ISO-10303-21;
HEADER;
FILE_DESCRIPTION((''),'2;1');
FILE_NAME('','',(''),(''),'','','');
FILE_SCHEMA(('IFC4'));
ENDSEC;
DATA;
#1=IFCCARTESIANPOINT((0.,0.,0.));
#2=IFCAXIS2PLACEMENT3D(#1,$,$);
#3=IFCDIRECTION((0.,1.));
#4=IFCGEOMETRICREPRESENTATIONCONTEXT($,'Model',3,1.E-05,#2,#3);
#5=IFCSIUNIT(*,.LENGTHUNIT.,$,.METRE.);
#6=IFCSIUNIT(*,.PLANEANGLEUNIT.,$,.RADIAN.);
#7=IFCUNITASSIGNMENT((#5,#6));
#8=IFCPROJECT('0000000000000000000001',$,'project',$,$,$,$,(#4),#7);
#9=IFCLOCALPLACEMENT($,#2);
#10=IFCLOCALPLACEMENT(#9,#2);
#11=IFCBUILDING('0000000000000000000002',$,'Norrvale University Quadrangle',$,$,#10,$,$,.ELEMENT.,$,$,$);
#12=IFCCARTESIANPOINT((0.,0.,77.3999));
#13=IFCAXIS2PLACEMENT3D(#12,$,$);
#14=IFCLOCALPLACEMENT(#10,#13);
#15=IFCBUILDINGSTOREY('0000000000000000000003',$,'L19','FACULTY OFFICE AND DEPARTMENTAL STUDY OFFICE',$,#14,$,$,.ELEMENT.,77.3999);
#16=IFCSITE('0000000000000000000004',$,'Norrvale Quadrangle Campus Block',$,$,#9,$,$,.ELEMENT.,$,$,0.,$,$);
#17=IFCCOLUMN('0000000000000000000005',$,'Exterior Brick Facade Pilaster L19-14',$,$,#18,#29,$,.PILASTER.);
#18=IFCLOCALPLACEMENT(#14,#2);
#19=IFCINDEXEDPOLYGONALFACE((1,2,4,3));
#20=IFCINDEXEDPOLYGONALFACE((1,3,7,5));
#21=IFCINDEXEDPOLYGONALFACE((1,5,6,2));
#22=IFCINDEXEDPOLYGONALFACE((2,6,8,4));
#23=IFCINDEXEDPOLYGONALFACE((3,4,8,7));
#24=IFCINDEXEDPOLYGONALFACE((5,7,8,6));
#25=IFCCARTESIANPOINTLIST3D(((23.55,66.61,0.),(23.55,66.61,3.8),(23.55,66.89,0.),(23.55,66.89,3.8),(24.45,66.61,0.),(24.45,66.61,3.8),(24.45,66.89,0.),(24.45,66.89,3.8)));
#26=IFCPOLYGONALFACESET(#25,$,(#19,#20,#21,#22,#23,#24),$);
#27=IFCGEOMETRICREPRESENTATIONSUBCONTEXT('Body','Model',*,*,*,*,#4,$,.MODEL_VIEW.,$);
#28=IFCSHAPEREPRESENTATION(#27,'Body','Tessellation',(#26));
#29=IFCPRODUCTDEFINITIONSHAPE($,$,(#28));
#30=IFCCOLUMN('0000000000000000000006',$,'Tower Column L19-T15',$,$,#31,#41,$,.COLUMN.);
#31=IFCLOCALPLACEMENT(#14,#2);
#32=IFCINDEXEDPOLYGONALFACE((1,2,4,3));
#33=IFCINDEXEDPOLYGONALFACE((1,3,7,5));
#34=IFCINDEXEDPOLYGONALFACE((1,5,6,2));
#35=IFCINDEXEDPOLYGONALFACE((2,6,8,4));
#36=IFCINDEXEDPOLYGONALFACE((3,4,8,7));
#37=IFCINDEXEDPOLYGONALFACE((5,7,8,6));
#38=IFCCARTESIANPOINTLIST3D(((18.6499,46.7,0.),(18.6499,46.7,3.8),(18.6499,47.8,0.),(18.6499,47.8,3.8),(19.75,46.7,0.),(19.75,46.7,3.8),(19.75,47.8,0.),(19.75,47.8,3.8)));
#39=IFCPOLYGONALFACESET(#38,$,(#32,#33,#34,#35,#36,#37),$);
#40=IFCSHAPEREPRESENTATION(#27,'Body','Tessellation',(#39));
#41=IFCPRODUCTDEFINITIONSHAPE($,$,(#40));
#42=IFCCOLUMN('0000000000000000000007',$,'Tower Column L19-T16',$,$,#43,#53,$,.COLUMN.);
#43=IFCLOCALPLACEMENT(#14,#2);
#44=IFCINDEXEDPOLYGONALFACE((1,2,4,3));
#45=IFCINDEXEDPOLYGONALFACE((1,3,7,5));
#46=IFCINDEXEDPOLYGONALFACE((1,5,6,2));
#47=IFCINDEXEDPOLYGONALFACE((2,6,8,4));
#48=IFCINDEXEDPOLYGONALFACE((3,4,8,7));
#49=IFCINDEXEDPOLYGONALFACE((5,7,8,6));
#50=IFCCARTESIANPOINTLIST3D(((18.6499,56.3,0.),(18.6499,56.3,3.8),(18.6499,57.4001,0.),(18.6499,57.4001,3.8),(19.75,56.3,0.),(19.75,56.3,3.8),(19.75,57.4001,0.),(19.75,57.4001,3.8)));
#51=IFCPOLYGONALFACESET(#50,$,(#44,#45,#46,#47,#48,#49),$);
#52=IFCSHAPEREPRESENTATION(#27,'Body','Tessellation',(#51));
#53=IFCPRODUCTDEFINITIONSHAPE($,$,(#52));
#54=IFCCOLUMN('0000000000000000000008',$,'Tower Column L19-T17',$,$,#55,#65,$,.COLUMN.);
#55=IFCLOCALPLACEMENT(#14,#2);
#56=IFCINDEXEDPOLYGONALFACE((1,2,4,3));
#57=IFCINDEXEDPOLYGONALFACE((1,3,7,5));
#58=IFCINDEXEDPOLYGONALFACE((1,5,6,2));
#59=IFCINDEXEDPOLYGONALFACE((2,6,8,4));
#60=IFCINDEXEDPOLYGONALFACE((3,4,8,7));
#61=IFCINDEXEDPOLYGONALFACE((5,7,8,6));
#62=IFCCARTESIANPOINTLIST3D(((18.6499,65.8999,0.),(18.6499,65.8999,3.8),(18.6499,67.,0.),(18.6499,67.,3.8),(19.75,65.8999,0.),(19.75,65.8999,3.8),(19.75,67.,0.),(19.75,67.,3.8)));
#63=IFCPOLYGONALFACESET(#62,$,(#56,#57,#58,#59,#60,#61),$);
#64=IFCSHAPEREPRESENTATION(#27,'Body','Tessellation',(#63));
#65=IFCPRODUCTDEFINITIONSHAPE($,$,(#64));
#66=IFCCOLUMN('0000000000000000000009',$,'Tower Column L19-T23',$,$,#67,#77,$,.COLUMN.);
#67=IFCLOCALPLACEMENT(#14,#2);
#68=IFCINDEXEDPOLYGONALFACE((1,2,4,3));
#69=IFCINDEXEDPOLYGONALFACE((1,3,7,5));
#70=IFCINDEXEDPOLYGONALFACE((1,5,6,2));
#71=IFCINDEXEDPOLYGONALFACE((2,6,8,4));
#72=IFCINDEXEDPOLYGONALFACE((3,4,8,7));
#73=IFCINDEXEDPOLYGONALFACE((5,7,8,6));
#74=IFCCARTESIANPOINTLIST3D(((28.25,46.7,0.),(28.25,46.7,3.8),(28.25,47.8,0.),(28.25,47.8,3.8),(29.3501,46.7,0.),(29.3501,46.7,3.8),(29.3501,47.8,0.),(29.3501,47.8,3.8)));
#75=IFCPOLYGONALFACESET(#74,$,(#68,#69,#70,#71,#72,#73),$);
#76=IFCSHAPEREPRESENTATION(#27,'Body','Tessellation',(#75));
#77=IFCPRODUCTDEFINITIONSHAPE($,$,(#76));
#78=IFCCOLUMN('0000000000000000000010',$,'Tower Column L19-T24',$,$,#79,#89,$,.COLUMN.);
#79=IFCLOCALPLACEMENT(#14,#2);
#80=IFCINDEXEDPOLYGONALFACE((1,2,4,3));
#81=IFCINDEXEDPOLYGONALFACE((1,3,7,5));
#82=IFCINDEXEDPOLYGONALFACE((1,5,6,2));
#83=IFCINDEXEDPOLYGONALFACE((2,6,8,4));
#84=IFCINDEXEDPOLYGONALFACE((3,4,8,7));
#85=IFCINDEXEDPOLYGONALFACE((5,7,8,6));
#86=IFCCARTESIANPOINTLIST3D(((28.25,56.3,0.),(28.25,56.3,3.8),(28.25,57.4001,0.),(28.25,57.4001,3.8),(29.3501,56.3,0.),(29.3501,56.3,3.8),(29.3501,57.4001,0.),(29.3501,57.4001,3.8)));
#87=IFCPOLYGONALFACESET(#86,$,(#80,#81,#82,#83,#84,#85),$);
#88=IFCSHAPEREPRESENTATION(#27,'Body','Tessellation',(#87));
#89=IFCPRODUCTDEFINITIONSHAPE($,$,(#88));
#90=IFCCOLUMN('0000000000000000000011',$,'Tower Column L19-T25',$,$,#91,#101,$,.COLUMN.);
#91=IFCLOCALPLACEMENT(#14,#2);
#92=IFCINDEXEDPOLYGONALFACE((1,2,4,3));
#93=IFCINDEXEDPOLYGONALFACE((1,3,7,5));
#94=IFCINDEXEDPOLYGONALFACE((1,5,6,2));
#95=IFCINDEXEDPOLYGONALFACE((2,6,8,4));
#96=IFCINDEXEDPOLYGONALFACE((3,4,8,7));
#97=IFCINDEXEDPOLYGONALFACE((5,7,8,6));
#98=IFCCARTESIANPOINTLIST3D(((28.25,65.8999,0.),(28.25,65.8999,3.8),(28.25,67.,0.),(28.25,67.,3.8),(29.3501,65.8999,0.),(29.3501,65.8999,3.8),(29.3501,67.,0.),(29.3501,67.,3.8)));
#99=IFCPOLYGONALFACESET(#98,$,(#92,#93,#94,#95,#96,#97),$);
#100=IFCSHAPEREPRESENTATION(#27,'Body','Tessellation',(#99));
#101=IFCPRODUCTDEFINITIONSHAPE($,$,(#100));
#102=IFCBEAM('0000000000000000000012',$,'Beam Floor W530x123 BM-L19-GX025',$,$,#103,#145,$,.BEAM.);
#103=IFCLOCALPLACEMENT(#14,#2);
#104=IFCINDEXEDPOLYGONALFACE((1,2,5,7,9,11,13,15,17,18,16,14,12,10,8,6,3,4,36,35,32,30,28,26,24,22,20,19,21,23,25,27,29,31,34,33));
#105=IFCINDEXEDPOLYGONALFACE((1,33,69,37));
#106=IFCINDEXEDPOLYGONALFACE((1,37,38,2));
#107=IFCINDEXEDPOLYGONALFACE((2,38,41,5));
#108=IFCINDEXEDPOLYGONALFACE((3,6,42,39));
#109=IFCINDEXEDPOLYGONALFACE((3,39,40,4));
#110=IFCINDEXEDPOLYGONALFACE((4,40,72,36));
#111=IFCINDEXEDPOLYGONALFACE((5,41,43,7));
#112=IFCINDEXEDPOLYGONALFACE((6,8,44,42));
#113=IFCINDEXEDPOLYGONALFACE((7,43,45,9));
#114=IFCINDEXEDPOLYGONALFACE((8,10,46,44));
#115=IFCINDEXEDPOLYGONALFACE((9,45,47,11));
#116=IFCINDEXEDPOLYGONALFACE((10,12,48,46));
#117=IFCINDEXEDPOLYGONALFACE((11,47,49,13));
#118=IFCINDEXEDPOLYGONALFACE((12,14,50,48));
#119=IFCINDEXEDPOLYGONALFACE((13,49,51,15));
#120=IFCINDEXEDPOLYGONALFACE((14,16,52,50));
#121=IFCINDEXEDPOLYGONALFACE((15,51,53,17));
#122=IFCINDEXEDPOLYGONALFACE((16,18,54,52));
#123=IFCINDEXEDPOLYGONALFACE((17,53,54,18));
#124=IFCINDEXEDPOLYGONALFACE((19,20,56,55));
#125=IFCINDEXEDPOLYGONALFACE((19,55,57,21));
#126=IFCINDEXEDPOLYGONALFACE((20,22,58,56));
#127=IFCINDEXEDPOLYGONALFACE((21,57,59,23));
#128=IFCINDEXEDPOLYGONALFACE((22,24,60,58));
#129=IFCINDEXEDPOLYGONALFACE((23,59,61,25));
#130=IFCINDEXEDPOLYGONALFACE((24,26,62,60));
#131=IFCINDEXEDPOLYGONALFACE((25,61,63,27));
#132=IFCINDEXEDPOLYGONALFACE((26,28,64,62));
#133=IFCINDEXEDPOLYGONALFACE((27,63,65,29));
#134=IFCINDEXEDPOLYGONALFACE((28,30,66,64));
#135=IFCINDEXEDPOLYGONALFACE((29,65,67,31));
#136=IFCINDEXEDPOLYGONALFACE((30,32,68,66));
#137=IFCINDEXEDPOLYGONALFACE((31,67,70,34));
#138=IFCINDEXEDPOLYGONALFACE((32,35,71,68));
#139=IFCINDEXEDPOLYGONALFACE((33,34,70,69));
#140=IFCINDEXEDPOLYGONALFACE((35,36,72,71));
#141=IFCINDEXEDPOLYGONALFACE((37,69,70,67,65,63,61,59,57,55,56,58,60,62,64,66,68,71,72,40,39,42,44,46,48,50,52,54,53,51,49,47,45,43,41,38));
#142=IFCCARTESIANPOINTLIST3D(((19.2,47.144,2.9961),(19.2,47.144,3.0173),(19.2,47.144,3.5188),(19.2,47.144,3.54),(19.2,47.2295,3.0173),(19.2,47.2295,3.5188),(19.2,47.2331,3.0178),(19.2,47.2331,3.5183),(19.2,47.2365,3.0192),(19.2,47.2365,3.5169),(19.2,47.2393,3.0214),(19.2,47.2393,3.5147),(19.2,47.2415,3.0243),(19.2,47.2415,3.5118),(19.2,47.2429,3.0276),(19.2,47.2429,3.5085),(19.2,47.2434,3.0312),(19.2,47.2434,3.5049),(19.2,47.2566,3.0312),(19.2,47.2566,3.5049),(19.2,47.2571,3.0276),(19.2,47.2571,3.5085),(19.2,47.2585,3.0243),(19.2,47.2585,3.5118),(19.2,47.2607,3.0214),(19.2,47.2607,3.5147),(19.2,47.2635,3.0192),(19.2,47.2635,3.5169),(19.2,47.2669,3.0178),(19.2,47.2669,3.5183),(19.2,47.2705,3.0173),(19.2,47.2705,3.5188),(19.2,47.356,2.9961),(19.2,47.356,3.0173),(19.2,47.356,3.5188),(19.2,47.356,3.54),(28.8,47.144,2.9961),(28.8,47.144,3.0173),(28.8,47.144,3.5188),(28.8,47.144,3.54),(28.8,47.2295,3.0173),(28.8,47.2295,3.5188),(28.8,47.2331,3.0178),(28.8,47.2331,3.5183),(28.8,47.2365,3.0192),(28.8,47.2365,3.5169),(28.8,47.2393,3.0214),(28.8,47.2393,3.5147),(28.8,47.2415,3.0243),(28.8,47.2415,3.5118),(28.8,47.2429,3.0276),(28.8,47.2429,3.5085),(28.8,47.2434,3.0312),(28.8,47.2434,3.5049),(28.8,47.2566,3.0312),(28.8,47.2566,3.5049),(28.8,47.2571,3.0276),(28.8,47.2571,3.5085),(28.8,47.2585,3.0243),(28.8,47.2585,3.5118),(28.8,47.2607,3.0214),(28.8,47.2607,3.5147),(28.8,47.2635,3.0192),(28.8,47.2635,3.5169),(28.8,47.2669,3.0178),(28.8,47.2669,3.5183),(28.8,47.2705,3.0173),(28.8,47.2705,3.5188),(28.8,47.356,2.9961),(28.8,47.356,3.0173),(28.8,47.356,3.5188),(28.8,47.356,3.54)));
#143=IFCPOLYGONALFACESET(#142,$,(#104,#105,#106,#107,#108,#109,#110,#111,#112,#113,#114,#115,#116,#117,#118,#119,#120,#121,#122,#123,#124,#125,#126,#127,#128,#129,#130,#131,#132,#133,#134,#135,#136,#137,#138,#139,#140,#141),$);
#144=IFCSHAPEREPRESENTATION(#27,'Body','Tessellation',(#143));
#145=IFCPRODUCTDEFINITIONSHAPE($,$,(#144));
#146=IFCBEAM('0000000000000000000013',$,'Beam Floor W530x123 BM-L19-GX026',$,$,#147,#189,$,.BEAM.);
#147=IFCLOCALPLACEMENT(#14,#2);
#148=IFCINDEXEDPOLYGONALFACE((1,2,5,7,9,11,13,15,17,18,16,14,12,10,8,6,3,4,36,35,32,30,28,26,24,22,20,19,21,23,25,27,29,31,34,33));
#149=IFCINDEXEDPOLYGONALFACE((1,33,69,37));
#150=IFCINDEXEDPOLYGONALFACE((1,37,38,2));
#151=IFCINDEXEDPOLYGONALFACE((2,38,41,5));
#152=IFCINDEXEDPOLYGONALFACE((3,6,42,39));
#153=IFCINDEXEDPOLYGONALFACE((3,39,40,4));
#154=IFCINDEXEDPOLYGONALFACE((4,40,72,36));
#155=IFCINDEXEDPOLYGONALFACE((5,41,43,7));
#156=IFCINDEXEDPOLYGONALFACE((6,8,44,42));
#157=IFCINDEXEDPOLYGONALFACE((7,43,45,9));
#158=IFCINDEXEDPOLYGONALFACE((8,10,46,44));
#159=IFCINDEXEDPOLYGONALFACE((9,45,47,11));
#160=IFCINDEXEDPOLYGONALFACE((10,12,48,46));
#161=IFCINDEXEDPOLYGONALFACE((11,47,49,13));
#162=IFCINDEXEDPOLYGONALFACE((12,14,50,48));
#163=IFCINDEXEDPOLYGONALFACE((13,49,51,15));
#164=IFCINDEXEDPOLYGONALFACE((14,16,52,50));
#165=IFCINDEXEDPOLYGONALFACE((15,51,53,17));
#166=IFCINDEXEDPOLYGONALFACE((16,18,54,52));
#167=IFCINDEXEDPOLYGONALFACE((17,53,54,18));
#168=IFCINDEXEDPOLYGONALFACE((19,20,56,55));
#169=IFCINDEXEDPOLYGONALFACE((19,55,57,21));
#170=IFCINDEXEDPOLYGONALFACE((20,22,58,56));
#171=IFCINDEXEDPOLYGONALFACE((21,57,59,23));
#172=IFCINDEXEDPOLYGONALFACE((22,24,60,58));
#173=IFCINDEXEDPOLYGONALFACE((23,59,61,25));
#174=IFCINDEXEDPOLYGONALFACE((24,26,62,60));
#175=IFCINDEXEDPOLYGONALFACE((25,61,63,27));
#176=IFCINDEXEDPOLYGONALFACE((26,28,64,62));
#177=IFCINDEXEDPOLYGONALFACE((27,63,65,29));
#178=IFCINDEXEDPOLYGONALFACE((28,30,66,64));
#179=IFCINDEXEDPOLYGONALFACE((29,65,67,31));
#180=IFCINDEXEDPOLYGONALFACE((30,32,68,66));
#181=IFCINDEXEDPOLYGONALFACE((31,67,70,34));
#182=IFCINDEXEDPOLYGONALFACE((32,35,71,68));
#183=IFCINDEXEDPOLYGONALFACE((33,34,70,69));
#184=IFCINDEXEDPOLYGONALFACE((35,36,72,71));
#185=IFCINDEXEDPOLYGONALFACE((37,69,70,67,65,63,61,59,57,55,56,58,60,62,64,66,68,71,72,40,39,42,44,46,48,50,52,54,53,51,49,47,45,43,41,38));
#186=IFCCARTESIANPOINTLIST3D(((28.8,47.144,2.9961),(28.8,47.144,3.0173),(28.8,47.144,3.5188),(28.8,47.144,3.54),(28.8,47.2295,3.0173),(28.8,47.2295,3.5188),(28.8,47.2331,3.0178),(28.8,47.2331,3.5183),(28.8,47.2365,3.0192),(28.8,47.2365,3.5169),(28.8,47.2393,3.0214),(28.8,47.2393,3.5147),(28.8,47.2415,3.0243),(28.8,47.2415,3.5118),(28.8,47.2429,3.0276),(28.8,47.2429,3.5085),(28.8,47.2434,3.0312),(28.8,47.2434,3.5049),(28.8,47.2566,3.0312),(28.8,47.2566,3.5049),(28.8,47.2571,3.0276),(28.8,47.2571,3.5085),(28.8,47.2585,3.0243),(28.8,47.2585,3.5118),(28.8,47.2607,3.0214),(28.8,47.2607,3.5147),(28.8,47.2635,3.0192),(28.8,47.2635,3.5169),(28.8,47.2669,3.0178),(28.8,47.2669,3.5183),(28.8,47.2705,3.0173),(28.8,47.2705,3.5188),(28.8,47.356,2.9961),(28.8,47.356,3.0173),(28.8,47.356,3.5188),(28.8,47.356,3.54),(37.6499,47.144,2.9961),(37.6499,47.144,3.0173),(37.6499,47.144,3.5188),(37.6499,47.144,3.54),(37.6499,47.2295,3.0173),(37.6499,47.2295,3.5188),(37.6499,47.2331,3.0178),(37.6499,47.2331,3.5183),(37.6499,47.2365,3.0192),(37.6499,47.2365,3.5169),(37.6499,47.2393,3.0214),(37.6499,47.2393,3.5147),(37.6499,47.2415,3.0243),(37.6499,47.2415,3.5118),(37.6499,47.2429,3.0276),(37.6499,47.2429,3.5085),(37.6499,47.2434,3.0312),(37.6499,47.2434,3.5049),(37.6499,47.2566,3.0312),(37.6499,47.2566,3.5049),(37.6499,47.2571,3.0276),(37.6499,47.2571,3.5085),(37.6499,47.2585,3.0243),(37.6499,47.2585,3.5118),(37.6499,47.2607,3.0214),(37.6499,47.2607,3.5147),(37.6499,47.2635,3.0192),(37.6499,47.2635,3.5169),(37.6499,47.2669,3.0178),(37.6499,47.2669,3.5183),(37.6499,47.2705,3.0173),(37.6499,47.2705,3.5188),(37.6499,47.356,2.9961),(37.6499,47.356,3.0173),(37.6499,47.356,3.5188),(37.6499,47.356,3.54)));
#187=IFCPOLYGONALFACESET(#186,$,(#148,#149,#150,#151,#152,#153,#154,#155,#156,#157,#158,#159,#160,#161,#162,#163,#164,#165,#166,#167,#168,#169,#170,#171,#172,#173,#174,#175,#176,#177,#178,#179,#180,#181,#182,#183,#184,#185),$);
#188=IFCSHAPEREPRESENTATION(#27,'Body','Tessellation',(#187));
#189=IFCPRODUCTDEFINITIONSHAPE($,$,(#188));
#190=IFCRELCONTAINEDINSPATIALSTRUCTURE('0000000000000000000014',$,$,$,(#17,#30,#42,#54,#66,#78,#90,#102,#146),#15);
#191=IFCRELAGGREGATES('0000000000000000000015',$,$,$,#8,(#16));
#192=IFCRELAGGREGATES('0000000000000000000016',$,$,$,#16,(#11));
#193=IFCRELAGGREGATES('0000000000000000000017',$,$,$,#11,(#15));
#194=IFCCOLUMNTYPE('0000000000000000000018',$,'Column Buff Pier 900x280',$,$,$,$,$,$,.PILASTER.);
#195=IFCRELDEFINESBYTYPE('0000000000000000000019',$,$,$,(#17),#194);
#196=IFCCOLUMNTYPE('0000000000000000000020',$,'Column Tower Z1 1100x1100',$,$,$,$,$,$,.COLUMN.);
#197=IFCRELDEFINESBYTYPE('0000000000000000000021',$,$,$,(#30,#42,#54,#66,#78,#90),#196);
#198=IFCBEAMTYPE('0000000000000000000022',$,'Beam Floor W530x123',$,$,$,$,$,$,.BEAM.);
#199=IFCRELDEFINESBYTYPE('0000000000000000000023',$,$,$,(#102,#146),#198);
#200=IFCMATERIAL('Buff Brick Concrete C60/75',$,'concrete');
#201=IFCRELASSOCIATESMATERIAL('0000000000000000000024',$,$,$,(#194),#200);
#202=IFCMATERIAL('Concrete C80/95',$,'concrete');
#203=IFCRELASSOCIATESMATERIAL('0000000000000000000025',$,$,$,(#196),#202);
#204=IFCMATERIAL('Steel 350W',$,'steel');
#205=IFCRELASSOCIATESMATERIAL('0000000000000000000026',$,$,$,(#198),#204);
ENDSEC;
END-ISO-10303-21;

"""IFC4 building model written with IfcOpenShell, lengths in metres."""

from ifc_helpers import new_model, si_unit, direction, frame, origin, origin_2d, place, context, subcontext, project, spatial, rectangle, i_section, extrude, material, material_profile, profile_set, type_object, element, save


model = new_model("IFC4")

# Units and contexts
model_context = context("Model", 3, precision=1e-05, world=origin(), true_north=direction((0.0, 1.0)))
body_context = subcontext(model_context, "Body", "Model", "MODEL_VIEW")
ifc_project = project(units=[si_unit("LENGTHUNIT", "METRE"), si_unit("PLANEANGLEUNIT", "RADIAN")], contexts=[model_context])

# Site, building, storey
site_placement = place(None, origin())
site = spatial("IfcSite", under=ifc_project, at=site_placement, Name="Norrvale Quadrangle Campus Block", CompositionType="ELEMENT", RefElevation=0.0)
building_placement = place(site_placement, origin())
building = spatial("IfcBuilding", under=site, at=building_placement, Name="Norrvale University Quadrangle", CompositionType="ELEMENT")
storey_placement = place(building_placement, frame((0.0, 0.0, 77.3999)))
storey = spatial("IfcBuildingStorey", under=building, at=storey_placement, Name="L19", Description="FACULTY OFFICE AND DEPARTMENTAL STUDY OFFICE", CompositionType="ELEMENT", Elevation=77.3999)

# Columns
ifc_material_1 = material(Name="Buff Brick Concrete C60/75", Category="concrete")
ifc_material_profile_1 = material_profile(ifc_material_1, rectangle(XDim=0.8999, YDim=0.28, at=origin_2d()), Name="Buff Brick Concrete C60/75")
ifc_profile_set_1 = profile_set([ifc_material_profile_1], Name="Buff Brick Concrete C60/75")
column_type_1 = type_object("IfcColumnType", Name="Column Buff Pier 900x280", PredefinedType="PILASTER", material=ifc_profile_set_1)
column_placement = place(storey_placement, frame((24.0, 66.75, 0.0), z_axis=(0.0, 0.0, 1.0), x_axis=(1.0, 0.0, 0.0)))
element("IfcColumn", 1, at=column_placement, inside=storey, type_object=column_type_1, Name="Exterior Brick Facade Pilaster L19-14", PredefinedType="PILASTER", context=body_context, shape_type="SweptSolid", body=[
    extrude(rectangle(XDim=0.8999, YDim=0.28, at=origin_2d()), origin(), (0.0, 0.0, 1.0), 3.8),
])
ifc_material_2 = material(Name="Concrete C80/95", Category="concrete")
ifc_material_profile_2 = material_profile(ifc_material_2, rectangle(XDim=1.1001, YDim=1.1001, at=origin_2d()), Name="Concrete C80/95")
ifc_profile_set_2 = profile_set([ifc_material_profile_2], Name="Concrete C80/95")
column_type_2 = type_object("IfcColumnType", Name="Column Tower Z1 1100x1100", PredefinedType="COLUMN", material=ifc_profile_set_2)
for number, where, z_axis, x_axis, name in (
    (2, (19.2, 47.25, 0.0), (0.0, 0.0, 1.0), (1.0, 0.0, 0.0), "Tower Column L19-T15"),
    (3, (19.2, 56.8501, 0.0), (0.0, 0.0, 1.0), (1.0, 0.0, 0.0), "Tower Column L19-T16"),
    (4, (19.2, 66.45, 0.0), (0.0, 0.0, 1.0), (1.0, 0.0, 0.0), "Tower Column L19-T17"),
    (5, (28.8, 47.25, 0.0), (0.0, 0.0, 1.0), (1.0, 0.0, 0.0), "Tower Column L19-T23"),
    (6, (28.8, 56.8501, 0.0), (0.0, 0.0, 1.0), (1.0, 0.0, 0.0), "Tower Column L19-T24"),
    (7, (28.8, 66.45, 0.0), (0.0, 0.0, 1.0), (1.0, 0.0, 0.0), "Tower Column L19-T25"),
):
    element("IfcColumn", number, at=place(storey_placement, frame(where, z_axis=z_axis, x_axis=x_axis)), inside=storey, type_object=column_type_2, Name=name, PredefinedType="COLUMN", context=body_context, shape_type="SweptSolid", body=[
        extrude(rectangle(XDim=1.1001, YDim=1.1001, at=origin_2d()), origin(), (0.0, 0.0, 1.0), 3.8),
    ])

# Beams
ifc_material_3 = material(Name="Steel 350W", Category="steel")
ifc_material_profile_3 = material_profile(ifc_material_3, i_section(OverallWidth=0.2119, OverallDepth=0.5439, WebThickness=0.0132, FlangeThickness=0.0212, FilletRadius=0.0139, at=origin_2d()), Name="Steel 350W")
ifc_profile_set_3 = profile_set([ifc_material_profile_3], Name="Steel 350W")
beam_type_1 = type_object("IfcBeamType", Name="Beam Floor W530x123", PredefinedType="BEAM", material=ifc_profile_set_3)
beam_1_placement = place(storey_placement, frame((19.2, 47.25, 3.2681), z_axis=(1.0, 0.0, 0.0), x_axis=(0.0, 1.0, 0.0)))
element("IfcBeam", 8, at=beam_1_placement, inside=storey, type_object=beam_type_1, Name="Beam Floor W530x123 BM-L19-GX025", PredefinedType="BEAM", context=body_context, shape_type="SweptSolid", body=[
    extrude(i_section(OverallWidth=0.2119, OverallDepth=0.5439, WebThickness=0.0132, FlangeThickness=0.0212, FilletRadius=0.0139, at=origin_2d()), origin(), (0.0, 0.0, 1.0), 9.6001),
])
beam_2_placement = place(storey_placement, frame((28.8, 47.25, 3.2681), z_axis=(1.0, 0.0, 0.0), x_axis=(0.0, 1.0, 0.0)))
element("IfcBeam", 9, at=beam_2_placement, inside=storey, type_object=beam_type_1, Name="Beam Floor W530x123 BM-L19-GX026", PredefinedType="BEAM", context=body_context, shape_type="SweptSolid", body=[
    extrude(i_section(OverallWidth=0.2119, OverallDepth=0.5439, WebThickness=0.0132, FlangeThickness=0.0212, FilletRadius=0.0139, at=origin_2d()), origin(), (0.0, 0.0, 1.0), 8.8499),
])

save(model, "model.ifc")
